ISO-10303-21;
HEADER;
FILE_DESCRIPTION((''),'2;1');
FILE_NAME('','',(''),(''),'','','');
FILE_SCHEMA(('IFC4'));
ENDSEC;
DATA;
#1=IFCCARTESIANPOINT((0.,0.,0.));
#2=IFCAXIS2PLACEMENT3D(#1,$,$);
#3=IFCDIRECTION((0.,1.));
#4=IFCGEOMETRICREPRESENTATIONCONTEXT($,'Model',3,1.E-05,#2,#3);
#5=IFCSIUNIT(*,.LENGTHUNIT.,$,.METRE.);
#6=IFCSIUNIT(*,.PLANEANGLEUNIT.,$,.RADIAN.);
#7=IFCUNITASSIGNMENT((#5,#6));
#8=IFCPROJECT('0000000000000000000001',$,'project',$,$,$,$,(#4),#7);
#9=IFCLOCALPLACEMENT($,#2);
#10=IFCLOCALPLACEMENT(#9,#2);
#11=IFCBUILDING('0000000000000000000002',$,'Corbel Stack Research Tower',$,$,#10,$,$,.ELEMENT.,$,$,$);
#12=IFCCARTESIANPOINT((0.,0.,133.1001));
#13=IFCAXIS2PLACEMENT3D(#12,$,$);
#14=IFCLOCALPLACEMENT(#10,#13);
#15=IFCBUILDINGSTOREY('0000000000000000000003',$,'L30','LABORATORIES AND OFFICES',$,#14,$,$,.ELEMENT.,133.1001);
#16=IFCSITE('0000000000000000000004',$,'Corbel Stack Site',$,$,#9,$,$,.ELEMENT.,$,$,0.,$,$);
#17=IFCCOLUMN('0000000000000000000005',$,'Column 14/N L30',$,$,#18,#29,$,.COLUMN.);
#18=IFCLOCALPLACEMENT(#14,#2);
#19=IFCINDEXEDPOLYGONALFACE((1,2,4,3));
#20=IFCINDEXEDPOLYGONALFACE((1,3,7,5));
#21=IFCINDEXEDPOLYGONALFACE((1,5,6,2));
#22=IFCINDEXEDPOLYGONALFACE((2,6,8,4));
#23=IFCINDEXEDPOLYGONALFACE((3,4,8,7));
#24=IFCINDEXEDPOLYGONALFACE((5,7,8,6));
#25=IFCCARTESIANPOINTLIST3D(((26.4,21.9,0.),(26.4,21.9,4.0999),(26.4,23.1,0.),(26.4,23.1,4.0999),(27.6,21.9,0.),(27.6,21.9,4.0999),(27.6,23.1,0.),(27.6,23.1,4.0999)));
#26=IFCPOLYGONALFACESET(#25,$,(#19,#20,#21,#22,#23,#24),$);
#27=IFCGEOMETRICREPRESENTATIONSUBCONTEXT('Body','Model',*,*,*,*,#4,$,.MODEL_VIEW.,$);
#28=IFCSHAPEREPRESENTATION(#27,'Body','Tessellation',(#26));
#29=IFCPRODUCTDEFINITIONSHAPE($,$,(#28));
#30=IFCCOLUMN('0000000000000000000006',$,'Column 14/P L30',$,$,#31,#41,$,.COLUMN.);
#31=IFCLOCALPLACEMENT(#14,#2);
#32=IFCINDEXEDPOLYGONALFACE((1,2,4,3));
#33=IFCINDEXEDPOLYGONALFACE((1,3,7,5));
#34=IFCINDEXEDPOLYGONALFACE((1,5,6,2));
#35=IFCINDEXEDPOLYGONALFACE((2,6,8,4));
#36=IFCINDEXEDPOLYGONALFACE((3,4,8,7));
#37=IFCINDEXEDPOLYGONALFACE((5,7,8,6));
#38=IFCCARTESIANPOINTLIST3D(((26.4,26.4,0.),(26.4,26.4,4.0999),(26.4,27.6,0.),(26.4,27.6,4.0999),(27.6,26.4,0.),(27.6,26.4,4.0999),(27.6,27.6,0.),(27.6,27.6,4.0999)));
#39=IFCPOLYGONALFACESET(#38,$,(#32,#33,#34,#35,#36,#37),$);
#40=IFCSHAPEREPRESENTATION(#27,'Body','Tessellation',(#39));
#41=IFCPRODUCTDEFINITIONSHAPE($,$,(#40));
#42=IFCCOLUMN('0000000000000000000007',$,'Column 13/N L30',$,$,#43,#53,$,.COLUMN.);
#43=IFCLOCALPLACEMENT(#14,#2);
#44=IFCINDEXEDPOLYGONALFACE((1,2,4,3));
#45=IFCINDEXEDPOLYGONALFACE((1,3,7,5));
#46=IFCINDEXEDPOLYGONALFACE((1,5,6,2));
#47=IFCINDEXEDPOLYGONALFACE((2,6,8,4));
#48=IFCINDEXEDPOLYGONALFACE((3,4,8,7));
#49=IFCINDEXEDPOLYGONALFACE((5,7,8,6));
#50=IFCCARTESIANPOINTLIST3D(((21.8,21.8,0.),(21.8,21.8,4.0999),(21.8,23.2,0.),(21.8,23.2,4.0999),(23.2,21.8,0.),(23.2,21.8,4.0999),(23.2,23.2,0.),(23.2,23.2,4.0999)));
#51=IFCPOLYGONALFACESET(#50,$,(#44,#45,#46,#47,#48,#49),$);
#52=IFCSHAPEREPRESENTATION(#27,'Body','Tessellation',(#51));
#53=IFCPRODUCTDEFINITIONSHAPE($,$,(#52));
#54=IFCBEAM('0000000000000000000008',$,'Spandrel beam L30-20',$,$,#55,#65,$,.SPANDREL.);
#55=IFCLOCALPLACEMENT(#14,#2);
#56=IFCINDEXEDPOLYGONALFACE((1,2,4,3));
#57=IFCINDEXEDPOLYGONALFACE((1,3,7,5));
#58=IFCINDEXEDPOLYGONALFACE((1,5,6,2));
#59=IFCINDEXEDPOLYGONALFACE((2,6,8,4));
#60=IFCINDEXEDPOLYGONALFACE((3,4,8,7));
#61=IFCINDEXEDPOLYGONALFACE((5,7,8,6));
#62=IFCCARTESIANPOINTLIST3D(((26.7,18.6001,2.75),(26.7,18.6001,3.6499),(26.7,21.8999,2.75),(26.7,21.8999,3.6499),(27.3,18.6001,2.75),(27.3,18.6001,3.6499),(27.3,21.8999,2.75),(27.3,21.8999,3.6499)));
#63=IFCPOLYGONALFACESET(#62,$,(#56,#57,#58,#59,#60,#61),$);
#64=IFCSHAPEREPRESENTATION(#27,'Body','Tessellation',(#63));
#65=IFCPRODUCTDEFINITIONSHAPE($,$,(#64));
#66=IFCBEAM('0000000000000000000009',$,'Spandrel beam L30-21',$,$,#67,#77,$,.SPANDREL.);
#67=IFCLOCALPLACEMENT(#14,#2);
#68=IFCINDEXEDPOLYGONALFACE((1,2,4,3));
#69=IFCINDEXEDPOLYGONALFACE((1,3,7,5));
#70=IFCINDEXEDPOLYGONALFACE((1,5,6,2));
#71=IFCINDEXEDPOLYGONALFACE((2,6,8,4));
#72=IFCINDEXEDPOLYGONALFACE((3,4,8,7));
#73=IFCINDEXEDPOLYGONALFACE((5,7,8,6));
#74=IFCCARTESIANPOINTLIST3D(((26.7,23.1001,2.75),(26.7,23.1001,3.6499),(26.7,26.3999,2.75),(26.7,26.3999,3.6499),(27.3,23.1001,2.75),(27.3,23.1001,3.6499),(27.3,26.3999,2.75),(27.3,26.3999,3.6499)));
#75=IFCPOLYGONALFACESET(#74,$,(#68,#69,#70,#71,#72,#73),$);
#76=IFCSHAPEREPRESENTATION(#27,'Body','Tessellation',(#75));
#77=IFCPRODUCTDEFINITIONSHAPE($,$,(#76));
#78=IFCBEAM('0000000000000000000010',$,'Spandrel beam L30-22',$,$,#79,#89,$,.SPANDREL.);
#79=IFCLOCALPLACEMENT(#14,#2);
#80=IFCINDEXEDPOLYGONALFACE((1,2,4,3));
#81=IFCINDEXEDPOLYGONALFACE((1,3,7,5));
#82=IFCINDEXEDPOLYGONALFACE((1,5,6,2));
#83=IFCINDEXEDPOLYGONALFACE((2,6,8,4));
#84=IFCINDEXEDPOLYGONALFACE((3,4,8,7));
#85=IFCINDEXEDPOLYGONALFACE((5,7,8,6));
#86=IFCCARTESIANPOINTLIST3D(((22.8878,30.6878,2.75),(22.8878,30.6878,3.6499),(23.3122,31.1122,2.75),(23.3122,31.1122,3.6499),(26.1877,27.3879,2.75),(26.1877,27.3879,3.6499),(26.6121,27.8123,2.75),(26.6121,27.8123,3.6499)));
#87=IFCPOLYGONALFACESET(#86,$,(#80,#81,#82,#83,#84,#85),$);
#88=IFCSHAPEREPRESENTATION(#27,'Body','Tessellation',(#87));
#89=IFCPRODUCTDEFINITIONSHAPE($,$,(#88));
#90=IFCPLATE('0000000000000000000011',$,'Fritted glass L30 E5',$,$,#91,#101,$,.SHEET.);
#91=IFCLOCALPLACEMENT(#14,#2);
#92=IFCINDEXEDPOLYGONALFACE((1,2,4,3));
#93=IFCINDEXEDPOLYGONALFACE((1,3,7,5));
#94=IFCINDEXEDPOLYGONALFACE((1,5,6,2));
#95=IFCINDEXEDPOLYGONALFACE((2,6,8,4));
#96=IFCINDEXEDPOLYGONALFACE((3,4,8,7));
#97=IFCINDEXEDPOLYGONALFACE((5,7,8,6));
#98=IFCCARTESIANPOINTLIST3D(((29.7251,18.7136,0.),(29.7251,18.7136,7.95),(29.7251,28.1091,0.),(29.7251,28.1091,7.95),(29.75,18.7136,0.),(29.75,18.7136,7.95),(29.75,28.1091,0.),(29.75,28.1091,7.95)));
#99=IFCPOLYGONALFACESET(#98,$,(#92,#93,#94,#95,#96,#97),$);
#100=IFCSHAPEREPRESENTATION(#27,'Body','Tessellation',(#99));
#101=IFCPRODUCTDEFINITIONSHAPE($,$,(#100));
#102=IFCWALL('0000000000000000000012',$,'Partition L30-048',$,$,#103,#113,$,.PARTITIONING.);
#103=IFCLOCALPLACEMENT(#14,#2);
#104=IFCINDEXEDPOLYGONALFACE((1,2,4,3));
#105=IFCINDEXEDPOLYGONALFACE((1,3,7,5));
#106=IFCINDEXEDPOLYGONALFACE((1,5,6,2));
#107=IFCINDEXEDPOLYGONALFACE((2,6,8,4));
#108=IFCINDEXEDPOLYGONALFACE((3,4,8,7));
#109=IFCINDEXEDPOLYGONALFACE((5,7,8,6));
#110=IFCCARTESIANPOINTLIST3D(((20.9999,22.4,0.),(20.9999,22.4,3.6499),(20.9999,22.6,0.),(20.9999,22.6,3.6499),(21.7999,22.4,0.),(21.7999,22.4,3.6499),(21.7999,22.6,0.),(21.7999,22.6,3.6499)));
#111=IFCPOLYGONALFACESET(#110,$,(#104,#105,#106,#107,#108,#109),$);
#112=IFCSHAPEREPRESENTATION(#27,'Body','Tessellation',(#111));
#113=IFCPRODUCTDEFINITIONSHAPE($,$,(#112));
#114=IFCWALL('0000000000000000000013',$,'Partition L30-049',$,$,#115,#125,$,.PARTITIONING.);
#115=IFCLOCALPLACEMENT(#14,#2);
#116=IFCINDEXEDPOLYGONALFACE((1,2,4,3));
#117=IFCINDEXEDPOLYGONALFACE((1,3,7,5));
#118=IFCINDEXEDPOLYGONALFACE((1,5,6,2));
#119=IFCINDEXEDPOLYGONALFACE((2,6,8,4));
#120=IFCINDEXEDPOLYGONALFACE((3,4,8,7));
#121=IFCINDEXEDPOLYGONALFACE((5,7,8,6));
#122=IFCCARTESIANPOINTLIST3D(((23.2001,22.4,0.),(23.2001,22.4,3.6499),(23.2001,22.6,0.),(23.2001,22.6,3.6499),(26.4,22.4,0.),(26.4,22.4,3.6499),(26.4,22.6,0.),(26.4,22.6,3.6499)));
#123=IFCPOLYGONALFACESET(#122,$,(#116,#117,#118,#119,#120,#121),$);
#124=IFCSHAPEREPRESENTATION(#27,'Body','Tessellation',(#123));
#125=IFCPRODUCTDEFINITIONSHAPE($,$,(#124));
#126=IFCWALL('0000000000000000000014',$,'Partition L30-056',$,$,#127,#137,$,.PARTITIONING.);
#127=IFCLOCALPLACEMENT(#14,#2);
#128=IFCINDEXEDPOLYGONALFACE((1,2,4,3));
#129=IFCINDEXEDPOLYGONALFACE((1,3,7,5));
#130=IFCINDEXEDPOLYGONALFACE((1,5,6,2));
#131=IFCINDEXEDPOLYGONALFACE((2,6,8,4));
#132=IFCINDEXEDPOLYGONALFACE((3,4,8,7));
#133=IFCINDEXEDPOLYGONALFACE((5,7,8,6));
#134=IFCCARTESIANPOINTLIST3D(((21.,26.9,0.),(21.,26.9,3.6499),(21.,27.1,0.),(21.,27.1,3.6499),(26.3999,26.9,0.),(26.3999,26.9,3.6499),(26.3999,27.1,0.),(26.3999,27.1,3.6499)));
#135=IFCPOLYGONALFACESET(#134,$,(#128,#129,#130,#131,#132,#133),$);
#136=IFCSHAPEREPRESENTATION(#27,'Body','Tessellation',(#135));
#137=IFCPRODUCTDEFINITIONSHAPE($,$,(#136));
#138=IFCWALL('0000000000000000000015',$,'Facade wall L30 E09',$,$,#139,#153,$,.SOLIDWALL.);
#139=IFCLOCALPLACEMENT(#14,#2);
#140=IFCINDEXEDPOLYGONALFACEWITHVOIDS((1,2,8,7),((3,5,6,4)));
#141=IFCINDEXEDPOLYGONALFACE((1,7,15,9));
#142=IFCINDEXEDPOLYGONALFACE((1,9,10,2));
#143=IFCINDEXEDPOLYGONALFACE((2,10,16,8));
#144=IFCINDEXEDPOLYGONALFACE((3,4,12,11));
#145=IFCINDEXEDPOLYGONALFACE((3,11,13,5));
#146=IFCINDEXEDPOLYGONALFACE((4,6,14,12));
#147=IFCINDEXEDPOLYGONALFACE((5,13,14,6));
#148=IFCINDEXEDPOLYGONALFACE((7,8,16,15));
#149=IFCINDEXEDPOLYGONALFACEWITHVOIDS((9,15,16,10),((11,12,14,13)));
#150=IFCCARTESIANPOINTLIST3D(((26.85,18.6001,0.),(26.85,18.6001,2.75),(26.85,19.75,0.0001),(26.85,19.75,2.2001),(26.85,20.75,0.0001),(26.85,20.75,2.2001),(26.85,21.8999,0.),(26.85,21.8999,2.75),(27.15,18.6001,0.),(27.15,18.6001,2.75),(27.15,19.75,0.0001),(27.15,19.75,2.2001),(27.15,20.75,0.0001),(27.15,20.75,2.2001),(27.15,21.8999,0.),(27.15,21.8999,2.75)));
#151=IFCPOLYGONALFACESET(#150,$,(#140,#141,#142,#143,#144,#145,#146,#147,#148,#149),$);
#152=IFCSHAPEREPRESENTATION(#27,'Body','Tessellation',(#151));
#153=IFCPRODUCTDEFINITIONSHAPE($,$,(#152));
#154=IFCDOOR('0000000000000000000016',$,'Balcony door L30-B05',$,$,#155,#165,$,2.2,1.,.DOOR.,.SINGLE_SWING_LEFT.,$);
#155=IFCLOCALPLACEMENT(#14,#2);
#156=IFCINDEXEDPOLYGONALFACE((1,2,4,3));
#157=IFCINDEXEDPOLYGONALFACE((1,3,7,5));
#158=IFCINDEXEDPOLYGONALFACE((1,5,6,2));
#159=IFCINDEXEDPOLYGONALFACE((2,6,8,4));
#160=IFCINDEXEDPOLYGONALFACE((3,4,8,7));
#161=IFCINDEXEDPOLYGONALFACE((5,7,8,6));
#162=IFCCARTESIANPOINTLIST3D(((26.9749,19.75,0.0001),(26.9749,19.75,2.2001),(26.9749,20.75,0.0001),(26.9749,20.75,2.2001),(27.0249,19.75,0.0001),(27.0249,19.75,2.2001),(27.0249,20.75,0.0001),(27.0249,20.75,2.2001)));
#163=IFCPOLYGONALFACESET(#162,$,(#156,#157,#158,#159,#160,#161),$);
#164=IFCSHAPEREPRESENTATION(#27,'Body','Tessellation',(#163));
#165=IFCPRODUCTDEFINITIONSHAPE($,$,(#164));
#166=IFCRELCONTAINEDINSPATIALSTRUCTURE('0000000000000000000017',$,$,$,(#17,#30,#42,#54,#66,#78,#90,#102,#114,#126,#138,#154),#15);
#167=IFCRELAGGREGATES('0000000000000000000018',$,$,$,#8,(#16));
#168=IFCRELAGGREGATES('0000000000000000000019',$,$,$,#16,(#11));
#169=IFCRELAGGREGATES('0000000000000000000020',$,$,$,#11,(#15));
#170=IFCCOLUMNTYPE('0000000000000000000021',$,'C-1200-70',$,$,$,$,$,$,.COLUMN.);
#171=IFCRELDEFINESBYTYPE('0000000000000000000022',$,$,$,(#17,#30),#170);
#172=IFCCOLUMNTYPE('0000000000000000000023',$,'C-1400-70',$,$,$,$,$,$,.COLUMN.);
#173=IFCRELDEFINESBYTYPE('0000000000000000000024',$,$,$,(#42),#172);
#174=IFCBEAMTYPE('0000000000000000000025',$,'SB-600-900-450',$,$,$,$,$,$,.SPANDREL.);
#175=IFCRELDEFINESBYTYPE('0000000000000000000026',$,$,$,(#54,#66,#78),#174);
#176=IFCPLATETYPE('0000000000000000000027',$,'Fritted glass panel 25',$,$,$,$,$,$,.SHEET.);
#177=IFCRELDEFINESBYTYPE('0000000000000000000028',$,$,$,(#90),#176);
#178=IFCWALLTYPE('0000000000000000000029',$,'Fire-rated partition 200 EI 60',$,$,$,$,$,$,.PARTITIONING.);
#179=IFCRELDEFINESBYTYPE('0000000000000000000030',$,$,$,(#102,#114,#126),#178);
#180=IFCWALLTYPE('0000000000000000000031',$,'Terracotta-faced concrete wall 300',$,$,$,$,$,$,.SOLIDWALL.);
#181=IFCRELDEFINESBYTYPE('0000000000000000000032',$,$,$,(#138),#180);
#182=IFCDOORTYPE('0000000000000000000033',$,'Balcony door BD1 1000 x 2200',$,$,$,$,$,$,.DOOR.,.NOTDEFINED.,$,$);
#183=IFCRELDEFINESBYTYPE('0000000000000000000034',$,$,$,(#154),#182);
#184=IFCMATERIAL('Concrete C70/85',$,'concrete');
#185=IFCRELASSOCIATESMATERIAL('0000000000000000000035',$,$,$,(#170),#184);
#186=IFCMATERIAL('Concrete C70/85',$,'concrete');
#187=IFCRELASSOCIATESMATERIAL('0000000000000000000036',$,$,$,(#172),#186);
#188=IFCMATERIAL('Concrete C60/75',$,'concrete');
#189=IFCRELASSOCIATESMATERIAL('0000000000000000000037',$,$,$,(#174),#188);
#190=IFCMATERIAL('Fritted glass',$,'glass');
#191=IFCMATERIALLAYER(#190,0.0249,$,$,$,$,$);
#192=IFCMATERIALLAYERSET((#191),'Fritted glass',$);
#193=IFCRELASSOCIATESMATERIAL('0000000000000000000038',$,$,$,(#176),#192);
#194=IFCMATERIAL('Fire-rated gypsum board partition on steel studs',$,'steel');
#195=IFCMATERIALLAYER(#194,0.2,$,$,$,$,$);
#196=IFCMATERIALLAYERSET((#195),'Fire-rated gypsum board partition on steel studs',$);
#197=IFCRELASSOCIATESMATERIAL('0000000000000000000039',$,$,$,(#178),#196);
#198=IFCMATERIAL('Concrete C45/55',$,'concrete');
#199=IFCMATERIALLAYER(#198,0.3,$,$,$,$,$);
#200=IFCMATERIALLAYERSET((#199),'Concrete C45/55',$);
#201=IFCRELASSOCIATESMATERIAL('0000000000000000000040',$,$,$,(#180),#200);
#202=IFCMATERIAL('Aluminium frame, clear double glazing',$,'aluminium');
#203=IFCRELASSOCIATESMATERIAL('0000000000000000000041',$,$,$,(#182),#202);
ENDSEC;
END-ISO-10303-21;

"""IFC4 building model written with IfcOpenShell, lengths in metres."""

from ifc_helpers import new_model, si_unit, direction, frame, frame_2d, origin, origin_2d, place, context, subcontext, project, spatial, rectangle, extrude, material, layer, layer_set, material_profile, profile_set, type_object, element, fill, save


model = new_model("IFC4")

# Units and contexts
model_context = context("Model", 3, precision=1e-05, world=origin(), true_north=direction((0.0, 1.0)))
body_context = subcontext(model_context, "Body", "Model", "MODEL_VIEW")
ifc_project = project(units=[si_unit("LENGTHUNIT", "METRE"), si_unit("PLANEANGLEUNIT", "RADIAN")], contexts=[model_context])

# Site, building, storey
site_placement = place(None, origin())
site = spatial("IfcSite", under=ifc_project, at=site_placement, Name="Corbel Stack Site", CompositionType="ELEMENT", RefElevation=0.0)
building_placement = place(site_placement, origin())
building = spatial("IfcBuilding", under=site, at=building_placement, Name="Corbel Stack Research Tower", CompositionType="ELEMENT")
storey_placement = place(building_placement, frame((0.0, 0.0, 133.1001)))
storey = spatial("IfcBuildingStorey", under=building, at=storey_placement, Name="L30", Description="LABORATORIES AND OFFICES", CompositionType="ELEMENT", Elevation=133.1001)

# Columns
ifc_material_1 = material(Name="Concrete C70/85", Category="concrete")
ifc_material_profile_1 = material_profile(ifc_material_1, rectangle(XDim=1.2, YDim=1.2, at=origin_2d()), Name="RC 1200 x 1200")
ifc_profile_set_1 = profile_set([ifc_material_profile_1], Name="Concrete C70/85")
column_type_1 = type_object("IfcColumnType", Name="C-1200-70", PredefinedType="COLUMN", material=ifc_profile_set_1)
for number, where, z_axis, x_axis, name in (
    (1, (27.0, 22.5, 0.0), (0.0, 0.0, 1.0), (1.0, 0.0, 0.0), "Column 14/N L30"),
    (2, (27.0, 27.0, 0.0), (0.0, 0.0, 1.0), (1.0, 0.0, 0.0), "Column 14/P L30"),
):
    element("IfcColumn", number, at=place(storey_placement, frame(where, z_axis=z_axis, x_axis=x_axis)), inside=storey, type_object=column_type_1, Name=name, PredefinedType="COLUMN", context=body_context, shape_type="SweptSolid", body=[
        extrude(rectangle(XDim=1.2, YDim=1.2, at=origin_2d()), origin(), (0.0, 0.0, 1.0), 4.0999),
    ])
ifc_material_2 = material(Name="Concrete C70/85", Category="concrete")
ifc_material_profile_2 = material_profile(ifc_material_2, rectangle(XDim=1.3999, YDim=1.3999, at=origin_2d()), Name="RC 1400 x 1400")
ifc_profile_set_2 = profile_set([ifc_material_profile_2], Name="Concrete C70/85")
column_type_2 = type_object("IfcColumnType", Name="C-1400-70", PredefinedType="COLUMN", material=ifc_profile_set_2)
column_placement = place(storey_placement, frame((22.5, 22.5, 0.0), z_axis=(0.0, 0.0, 1.0), x_axis=(1.0, 0.0, 0.0)))
element("IfcColumn", 3, at=column_placement, inside=storey, type_object=column_type_2, Name="Column 13/N L30", PredefinedType="COLUMN", context=body_context, shape_type="SweptSolid", body=[
    extrude(rectangle(XDim=1.3999, YDim=1.3999, at=origin_2d()), origin(), (0.0, 0.0, 1.0), 4.0999),
])

# Beams
ifc_material_3 = material(Name="Concrete C60/75", Category="concrete")
ifc_material_profile_3 = material_profile(ifc_material_3, rectangle(XDim=0.6001, YDim=0.8999, at=origin_2d()), Name="RC 600 x 900")
ifc_profile_set_3 = profile_set([ifc_material_profile_3], Name="Concrete C60/75")
beam_type = type_object("IfcBeamType", Name="SB-600-900-450", PredefinedType="SPANDREL", material=ifc_profile_set_3)
for number, where, z_axis, x_axis, name in (
    (4, (27.0, 18.6001, 3.2), (0.0, 1.0, 0.0), (-1.0, 0.0, 0.0), "Spandrel beam L30-20"),
    (5, (27.0, 23.1001, 3.2), (0.0, 1.0, 0.0), (-1.0, 0.0, 0.0), "Spandrel beam L30-21"),
):
    element("IfcBeam", number, at=place(storey_placement, frame(where, z_axis=z_axis, x_axis=x_axis)), inside=storey, type_object=beam_type, Name=name, PredefinedType="SPANDREL", context=body_context, shape_type="SweptSolid", body=[
        extrude(rectangle(XDim=0.6001, YDim=0.8999, at=origin_2d()), origin(), (0.0, 0.0, 1.0), 3.2998),
    ])
beam_placement = place(storey_placement, frame((26.3999, 27.6001, 3.2), z_axis=(-0.707107, 0.707107, 0.0), x_axis=(-0.707107, -0.707107, 0.0)))
element("IfcBeam", 6, at=beam_placement, inside=storey, type_object=beam_type, Name="Spandrel beam L30-22", PredefinedType="SPANDREL", context=body_context, shape_type="SweptSolid", body=[
    extrude(rectangle(XDim=0.6001, YDim=0.8999, at=origin_2d()), origin(), (0.0, 0.0, 1.0), 4.6667),
])

# Plate
ifc_material_4 = material(Name="Fritted glass", Category="glass")
ifc_layer_1 = layer(ifc_material_4, 0.0249)
ifc_layer_set_1 = layer_set([ifc_layer_1], Name="Fritted glass")
plate_type = type_object("IfcPlateType", Name="Fritted glass panel 25", PredefinedType="SHEET", material=ifc_layer_set_1)
plate_placement = place(storey_placement, frame((29.7375, 23.4114, 0.0), z_axis=(0.0, 0.0, 1.0), x_axis=(0.0, 1.0, 0.0)))
element("IfcPlate", 7, at=plate_placement, inside=storey, type_object=plate_type, Name="Fritted glass L30 E5", PredefinedType="SHEET", context=body_context, shape_type="SweptSolid", body=[
    extrude(rectangle(XDim=9.3955, YDim=0.0249, at=origin_2d()), origin(), (0.0, 0.0, 1.0), 7.95),
])

# Walls
ifc_material_5 = material(Name="Fire-rated gypsum board partition on steel studs", Category="steel")
ifc_layer_2 = layer(ifc_material_5, 0.2)
ifc_layer_set_2 = layer_set([ifc_layer_2], Name="Fire-rated gypsum board partition on steel studs")
wall_type_1 = type_object("IfcWallType", Name="Fire-rated partition 200 EI 60", PredefinedType="PARTITIONING", material=ifc_layer_set_2)
wall_1_placement = place(storey_placement, frame((21.0, 22.5, 0.0), z_axis=(0.0, 0.0, 1.0), x_axis=(1.0, 0.0, 0.0)))
element("IfcWall", 8, at=wall_1_placement, inside=storey, type_object=wall_type_1, Name="Partition L30-048", PredefinedType="PARTITIONING", context=body_context, shape_type="SweptSolid", body=[
    extrude(rectangle(XDim=0.8, YDim=0.2, at=frame_2d((0.3999, 0.0))), origin(), (0.0, 0.0, 1.0), 3.6499),
])
wall_2_placement = place(storey_placement, frame((23.2, 22.5, 0.0), z_axis=(0.0, 0.0, 1.0), x_axis=(1.0, 0.0, 0.0)))
element("IfcWall", 9, at=wall_2_placement, inside=storey, type_object=wall_type_1, Name="Partition L30-049", PredefinedType="PARTITIONING", context=body_context, shape_type="SweptSolid", body=[
    extrude(rectangle(XDim=3.2, YDim=0.2, at=frame_2d((1.6001, 0.0))), origin(), (0.0, 0.0, 1.0), 3.6499),
])
wall_3_placement = place(storey_placement, frame((21.0, 27.0, 0.0), z_axis=(0.0, 0.0, 1.0), x_axis=(1.0, 0.0, 0.0)))
element("IfcWall", 10, at=wall_3_placement, inside=storey, type_object=wall_type_1, Name="Partition L30-056", PredefinedType="PARTITIONING", context=body_context, shape_type="SweptSolid", body=[
    extrude(rectangle(XDim=5.3999, YDim=0.2, at=frame_2d((2.7, 0.0))), origin(), (0.0, 0.0, 1.0), 3.6499),
])

# Wall, opening, door
ifc_material_6 = material(Name="Concrete C45/55", Category="concrete")
ifc_layer_3 = layer(ifc_material_6, 0.3)
ifc_layer_set_3 = layer_set([ifc_layer_3], Name="Concrete C45/55")
wall_type_2 = type_object("IfcWallType", Name="Terracotta-faced concrete wall 300", PredefinedType="SOLIDWALL", material=ifc_layer_set_3)
wall_4_placement = place(storey_placement, frame((27.0, 21.8999, 0.0), z_axis=(0.0, 0.0, 1.0), x_axis=(0.0, -1.0, 0.0)))
wall_4 = element("IfcWall", 11, at=wall_4_placement, inside=storey, type_object=wall_type_2, Name="Facade wall L30 E09", PredefinedType="SOLIDWALL", context=body_context, shape_type="SweptSolid", body=[
    extrude(rectangle(XDim=3.2998, YDim=0.3, at=frame_2d((1.6499, 0.0))), origin(), (0.0, 0.0, 1.0), 2.75),
])
opening_1_placement = place(wall_4_placement, frame((1.1499, 0.0, 0.0)))
opening_1 = element("IfcOpeningElement", 12, at=opening_1_placement, cuts=wall_4, PredefinedType="OPENING", context=body_context, shape_type="SweptSolid", body=[
    extrude(rectangle(XDim=1.0, YDim=2.2, at=frame_2d((0.5, 1.1001))), frame((0.0, 0.1599, 0.0), z_axis=(0.0, -1.0, 0.0), x_axis=(1.0, 0.0, 0.0)), (0.0, 0.0, 1.0), 0.3201),
])
ifc_material_7 = material(Name="Aluminium frame, clear double glazing", Category="aluminium")
door_type = type_object("IfcDoorType", Name="Balcony door BD1 1000 x 2200", OperationType="NOTDEFINED", PredefinedType="DOOR", material=ifc_material_7)
door_placement = place(opening_1_placement, origin())
door = element("IfcDoor", 13, at=door_placement, inside=storey, type_object=door_type, Name="Balcony door L30-B05", OperationType="SINGLE_SWING_LEFT", OverallHeight=2.2, OverallWidth=1.0, PredefinedType="DOOR", context=body_context, shape_type="SweptSolid", body=[
    extrude(rectangle(XDim=1.0, YDim=2.2, at=frame_2d((0.5, 1.1001))), frame((0.0, 0.0249, 0.0), z_axis=(0.0, -1.0, 0.0), x_axis=(1.0, 0.0, 0.0)), (0.0, 0.0, 1.0), 0.05),
])
fill(opening_1, door)

save(model, "model.ifc")
